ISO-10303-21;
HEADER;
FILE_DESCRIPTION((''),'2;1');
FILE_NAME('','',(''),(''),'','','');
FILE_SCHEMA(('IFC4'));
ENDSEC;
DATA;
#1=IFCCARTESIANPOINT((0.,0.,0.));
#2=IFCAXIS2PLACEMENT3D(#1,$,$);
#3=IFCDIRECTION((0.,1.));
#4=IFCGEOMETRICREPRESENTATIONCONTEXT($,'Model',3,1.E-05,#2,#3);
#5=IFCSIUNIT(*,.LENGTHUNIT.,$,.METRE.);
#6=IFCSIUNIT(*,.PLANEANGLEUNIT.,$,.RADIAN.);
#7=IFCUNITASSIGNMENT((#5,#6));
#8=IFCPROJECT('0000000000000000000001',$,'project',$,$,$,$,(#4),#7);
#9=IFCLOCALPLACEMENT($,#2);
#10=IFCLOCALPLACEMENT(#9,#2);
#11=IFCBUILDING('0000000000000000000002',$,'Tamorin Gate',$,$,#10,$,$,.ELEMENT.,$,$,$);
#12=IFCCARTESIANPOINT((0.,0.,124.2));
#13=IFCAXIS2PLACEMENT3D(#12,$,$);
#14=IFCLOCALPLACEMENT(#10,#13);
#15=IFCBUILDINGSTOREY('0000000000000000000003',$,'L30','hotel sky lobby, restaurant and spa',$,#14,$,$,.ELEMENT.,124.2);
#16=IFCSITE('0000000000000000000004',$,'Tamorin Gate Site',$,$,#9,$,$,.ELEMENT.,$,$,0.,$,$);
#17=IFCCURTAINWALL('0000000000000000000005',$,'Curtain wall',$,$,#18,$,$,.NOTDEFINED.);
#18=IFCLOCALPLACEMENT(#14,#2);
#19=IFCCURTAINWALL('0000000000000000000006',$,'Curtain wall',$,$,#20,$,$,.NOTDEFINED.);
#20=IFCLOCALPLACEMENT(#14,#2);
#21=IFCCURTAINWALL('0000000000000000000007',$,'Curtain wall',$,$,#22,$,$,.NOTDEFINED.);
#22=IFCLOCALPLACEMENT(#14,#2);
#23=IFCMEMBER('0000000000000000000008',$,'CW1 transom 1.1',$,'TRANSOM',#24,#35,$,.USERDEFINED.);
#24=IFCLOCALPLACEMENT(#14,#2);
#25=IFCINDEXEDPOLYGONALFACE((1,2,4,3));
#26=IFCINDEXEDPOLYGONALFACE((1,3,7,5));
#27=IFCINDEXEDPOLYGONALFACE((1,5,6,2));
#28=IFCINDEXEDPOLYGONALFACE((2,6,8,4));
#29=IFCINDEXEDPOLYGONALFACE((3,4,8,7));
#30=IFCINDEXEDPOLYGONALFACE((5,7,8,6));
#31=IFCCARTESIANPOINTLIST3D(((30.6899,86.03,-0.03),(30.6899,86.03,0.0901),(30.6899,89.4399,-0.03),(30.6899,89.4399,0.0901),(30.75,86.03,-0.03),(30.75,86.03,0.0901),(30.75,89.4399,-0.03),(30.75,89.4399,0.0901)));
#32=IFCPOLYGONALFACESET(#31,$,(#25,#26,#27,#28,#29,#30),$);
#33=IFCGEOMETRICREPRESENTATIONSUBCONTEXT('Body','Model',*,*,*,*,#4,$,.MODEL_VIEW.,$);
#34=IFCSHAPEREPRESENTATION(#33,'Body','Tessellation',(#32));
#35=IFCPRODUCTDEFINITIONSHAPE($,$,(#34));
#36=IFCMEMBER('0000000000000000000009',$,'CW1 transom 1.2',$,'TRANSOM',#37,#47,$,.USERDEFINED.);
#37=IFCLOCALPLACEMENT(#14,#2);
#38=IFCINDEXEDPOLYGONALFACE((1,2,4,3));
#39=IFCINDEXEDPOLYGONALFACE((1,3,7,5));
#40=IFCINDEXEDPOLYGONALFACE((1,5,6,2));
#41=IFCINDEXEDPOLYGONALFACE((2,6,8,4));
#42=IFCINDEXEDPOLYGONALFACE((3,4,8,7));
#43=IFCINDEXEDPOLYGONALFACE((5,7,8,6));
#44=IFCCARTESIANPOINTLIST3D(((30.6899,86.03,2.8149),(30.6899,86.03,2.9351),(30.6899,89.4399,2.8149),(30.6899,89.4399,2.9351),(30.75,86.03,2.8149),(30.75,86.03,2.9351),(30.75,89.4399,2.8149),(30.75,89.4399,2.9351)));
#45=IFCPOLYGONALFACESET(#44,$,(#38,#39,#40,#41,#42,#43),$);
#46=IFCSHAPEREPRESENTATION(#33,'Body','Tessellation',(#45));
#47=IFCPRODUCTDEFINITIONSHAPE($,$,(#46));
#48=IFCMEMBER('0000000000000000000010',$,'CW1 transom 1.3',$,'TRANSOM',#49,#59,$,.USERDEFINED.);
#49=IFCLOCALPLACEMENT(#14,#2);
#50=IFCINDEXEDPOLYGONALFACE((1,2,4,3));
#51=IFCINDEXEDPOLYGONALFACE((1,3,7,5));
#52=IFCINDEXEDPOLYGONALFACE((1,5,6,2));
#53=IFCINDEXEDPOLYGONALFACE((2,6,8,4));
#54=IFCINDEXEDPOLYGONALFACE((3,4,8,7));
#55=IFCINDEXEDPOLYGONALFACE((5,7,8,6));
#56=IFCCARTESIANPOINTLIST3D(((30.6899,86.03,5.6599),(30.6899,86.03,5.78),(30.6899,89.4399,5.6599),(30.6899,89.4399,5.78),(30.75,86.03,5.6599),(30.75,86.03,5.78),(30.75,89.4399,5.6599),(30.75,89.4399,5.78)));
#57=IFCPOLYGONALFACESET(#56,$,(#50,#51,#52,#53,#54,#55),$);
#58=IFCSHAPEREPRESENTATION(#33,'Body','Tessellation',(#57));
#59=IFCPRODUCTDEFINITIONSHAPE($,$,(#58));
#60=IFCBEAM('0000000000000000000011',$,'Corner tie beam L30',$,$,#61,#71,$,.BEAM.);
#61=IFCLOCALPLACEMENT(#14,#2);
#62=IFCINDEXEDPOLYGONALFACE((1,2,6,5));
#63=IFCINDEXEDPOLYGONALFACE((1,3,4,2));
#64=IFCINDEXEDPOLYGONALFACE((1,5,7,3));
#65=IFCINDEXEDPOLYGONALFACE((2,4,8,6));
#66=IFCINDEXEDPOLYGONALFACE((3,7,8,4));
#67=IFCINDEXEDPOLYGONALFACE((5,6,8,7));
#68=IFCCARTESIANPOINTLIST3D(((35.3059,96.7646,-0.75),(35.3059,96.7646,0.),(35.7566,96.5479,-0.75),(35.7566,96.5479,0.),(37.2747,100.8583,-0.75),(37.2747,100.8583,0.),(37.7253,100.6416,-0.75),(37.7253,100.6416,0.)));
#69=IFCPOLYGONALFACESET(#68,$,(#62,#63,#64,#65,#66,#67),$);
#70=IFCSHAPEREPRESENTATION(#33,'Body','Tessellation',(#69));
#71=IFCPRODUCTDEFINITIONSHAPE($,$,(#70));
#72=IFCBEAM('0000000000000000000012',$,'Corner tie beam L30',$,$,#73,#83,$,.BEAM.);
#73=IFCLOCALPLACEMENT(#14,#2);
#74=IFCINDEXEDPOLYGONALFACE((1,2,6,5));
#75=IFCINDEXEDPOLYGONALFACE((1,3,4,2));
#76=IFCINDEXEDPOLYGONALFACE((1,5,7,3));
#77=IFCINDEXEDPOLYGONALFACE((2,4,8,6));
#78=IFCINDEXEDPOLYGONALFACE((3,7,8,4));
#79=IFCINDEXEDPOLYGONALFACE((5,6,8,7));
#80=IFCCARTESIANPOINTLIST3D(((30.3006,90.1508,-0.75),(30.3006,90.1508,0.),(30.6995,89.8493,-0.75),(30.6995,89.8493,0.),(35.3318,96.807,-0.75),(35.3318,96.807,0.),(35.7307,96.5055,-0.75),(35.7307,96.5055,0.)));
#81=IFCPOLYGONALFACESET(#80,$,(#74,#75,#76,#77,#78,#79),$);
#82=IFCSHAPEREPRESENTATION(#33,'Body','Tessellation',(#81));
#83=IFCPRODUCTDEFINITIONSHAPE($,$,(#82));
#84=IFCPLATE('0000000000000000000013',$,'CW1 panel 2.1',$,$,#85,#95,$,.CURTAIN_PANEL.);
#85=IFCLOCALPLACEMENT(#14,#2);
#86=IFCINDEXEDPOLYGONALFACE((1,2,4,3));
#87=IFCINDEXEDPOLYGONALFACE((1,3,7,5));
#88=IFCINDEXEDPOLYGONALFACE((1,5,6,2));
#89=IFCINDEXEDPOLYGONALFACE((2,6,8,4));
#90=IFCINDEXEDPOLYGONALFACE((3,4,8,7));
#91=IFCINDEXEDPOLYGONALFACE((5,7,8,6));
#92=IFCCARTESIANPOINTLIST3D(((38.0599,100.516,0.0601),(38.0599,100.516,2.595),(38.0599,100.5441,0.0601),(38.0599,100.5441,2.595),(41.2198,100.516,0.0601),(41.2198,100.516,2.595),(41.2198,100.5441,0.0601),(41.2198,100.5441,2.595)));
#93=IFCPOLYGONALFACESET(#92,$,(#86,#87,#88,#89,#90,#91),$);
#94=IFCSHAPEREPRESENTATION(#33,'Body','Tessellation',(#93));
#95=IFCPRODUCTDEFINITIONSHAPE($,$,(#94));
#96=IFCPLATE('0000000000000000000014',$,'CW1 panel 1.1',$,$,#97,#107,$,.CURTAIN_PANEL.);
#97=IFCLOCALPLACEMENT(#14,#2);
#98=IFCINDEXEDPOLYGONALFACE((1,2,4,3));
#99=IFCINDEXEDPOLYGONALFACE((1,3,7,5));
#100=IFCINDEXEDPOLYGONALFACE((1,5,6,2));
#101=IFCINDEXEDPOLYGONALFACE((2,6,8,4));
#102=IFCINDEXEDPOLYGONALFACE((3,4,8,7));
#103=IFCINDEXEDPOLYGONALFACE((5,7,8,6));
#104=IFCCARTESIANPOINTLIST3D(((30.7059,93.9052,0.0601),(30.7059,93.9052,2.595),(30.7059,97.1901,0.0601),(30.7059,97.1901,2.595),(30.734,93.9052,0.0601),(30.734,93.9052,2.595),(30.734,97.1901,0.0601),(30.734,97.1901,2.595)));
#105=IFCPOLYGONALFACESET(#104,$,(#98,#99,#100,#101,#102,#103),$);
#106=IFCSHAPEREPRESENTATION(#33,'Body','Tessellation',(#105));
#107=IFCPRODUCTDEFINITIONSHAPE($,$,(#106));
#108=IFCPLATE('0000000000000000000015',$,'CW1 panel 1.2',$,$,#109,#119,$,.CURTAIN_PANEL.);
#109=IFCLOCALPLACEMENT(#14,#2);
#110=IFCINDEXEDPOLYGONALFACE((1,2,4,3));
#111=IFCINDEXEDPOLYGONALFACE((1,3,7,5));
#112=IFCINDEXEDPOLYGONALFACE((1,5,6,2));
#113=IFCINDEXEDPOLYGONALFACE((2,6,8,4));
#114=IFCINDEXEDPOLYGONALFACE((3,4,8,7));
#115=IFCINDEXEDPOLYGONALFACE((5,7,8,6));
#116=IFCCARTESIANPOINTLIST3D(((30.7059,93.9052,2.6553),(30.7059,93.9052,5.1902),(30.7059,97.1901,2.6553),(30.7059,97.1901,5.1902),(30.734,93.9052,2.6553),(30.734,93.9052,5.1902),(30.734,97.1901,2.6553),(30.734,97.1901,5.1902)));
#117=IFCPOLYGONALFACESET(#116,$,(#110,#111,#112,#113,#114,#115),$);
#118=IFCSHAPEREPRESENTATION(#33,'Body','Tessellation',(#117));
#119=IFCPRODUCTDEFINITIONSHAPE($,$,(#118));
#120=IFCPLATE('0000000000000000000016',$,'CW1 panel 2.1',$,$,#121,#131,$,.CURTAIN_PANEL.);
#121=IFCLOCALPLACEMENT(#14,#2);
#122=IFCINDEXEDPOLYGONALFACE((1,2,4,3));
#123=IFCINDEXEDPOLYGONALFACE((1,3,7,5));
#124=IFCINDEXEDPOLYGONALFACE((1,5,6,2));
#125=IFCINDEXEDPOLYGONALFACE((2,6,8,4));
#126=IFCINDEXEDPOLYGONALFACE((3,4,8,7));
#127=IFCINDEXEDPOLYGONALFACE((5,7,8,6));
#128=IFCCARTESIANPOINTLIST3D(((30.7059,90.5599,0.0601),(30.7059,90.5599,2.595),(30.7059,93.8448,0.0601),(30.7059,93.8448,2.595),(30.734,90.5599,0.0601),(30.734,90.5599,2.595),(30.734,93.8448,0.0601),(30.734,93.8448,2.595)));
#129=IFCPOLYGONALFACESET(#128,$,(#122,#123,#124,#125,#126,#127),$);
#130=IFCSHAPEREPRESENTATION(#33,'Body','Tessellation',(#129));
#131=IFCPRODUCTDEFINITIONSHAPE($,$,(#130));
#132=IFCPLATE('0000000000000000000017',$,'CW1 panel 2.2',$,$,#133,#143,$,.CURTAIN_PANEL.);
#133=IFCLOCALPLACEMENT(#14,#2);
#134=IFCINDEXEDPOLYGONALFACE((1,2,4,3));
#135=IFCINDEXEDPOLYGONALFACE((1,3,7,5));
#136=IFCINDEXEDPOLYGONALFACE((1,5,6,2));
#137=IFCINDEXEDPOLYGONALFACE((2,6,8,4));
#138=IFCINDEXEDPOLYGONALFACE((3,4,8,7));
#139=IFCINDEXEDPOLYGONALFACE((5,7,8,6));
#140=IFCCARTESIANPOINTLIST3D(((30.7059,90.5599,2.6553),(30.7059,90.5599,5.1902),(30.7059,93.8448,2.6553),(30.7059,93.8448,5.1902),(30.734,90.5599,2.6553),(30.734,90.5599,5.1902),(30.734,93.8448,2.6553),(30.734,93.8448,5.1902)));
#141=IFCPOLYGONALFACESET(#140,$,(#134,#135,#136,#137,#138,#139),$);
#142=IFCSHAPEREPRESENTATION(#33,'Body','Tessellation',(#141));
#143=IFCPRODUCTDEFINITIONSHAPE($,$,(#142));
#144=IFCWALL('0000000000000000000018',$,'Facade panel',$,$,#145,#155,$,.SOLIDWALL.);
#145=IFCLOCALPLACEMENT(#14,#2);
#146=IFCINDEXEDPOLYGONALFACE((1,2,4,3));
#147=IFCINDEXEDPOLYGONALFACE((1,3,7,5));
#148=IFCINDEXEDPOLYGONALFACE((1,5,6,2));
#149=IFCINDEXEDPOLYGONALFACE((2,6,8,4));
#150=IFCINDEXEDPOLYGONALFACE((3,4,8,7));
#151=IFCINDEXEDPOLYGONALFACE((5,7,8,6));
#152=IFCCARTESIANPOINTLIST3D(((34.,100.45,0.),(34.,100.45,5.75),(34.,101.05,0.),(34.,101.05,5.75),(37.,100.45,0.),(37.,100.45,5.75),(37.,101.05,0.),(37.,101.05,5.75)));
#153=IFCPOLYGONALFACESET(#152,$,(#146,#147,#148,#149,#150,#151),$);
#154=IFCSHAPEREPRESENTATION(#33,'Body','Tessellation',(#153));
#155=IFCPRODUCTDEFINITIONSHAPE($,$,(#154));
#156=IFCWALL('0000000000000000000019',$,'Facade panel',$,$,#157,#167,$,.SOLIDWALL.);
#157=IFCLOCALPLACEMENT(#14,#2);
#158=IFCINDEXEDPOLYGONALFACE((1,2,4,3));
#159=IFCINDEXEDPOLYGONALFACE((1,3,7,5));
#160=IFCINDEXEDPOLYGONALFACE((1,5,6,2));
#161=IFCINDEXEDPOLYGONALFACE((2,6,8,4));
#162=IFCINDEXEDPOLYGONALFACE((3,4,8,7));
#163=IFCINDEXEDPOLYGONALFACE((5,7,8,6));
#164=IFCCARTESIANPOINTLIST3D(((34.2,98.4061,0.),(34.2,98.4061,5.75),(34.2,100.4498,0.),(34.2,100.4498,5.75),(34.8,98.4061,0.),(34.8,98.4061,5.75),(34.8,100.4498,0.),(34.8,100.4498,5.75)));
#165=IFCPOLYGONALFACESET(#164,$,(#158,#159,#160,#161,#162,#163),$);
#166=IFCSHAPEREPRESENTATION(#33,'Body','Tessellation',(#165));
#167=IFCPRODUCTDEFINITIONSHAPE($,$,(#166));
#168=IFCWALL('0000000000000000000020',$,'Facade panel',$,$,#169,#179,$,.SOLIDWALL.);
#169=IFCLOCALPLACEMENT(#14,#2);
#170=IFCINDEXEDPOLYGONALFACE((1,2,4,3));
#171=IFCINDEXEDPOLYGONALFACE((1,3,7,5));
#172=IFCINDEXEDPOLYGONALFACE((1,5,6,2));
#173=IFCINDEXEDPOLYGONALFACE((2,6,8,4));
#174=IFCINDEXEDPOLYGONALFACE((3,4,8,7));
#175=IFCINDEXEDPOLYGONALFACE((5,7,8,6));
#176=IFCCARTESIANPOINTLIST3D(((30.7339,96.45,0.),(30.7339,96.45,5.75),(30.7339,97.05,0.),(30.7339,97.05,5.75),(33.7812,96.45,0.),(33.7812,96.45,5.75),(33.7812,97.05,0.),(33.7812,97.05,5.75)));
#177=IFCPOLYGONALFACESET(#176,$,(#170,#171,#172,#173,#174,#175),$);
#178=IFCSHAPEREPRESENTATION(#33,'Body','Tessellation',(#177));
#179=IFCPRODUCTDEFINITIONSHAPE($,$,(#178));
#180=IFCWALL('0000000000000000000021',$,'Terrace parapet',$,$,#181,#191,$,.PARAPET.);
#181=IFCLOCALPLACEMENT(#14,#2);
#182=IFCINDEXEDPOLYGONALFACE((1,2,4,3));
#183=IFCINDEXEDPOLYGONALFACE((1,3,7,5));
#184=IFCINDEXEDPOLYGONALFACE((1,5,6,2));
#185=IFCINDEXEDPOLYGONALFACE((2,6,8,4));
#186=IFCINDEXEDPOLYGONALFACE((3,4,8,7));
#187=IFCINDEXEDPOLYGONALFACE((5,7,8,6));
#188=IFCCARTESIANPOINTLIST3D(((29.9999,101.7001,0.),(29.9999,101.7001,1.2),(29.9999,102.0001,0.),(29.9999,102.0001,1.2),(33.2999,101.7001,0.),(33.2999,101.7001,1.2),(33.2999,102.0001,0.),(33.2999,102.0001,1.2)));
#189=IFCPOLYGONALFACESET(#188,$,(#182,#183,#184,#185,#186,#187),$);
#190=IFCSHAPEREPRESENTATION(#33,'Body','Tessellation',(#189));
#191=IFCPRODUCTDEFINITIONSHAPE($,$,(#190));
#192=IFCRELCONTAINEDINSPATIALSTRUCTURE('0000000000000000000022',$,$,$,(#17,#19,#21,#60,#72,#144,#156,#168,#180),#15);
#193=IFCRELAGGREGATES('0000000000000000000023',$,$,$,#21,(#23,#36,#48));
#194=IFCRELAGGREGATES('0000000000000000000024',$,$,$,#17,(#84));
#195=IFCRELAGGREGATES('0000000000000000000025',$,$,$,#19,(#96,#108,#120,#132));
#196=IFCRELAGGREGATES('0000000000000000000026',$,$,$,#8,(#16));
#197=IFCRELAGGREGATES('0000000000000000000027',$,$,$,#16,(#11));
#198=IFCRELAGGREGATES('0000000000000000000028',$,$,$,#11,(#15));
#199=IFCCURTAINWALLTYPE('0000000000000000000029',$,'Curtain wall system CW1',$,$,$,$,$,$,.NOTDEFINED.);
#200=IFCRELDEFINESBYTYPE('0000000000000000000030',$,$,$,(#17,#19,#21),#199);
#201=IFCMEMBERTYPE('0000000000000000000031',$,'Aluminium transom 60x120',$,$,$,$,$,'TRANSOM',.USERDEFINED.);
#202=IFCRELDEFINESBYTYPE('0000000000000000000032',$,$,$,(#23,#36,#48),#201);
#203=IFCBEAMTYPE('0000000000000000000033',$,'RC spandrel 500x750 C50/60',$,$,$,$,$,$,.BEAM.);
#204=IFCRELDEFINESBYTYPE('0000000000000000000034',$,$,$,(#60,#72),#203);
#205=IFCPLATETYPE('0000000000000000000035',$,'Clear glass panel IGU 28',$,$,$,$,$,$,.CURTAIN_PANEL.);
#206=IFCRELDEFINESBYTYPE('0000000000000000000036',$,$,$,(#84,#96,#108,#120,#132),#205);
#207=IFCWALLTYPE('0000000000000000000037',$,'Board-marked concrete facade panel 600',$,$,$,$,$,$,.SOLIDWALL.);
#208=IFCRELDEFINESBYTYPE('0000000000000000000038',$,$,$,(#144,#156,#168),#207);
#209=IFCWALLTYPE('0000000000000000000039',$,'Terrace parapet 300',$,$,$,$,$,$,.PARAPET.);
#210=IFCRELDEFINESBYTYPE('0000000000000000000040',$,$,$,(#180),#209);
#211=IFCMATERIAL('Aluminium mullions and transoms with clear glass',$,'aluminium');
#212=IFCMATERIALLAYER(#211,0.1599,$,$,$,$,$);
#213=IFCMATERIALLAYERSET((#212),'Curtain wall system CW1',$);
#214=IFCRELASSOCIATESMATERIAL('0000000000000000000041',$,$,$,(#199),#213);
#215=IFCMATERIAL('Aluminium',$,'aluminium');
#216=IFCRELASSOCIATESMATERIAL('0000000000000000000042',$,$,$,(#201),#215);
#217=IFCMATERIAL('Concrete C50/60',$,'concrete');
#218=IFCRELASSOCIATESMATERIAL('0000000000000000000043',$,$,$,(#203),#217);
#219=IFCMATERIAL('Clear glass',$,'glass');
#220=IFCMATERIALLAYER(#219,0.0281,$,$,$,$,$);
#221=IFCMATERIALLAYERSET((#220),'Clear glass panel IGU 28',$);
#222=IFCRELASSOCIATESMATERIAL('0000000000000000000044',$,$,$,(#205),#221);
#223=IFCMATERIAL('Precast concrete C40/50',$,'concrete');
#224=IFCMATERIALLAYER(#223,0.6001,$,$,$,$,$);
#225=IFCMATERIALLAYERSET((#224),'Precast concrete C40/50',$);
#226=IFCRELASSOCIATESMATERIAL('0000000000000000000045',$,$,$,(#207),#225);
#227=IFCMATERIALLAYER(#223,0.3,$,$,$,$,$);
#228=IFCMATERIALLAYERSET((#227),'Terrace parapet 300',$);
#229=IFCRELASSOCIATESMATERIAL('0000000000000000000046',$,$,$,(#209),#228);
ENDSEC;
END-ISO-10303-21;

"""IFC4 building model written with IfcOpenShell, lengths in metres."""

from ifc_helpers import new_model, si_unit, direction, frame, frame_2d, origin, origin_2d, place, context, subcontext, project, spatial, rectangle, extrude, material, layer, layer_set, material_profile, profile_set, type_object, element, aggregate, save


model = new_model("IFC4")

# Units and contexts
model_context = context("Model", 3, precision=1e-05, world=origin(), true_north=direction((0.0, 1.0)))
body_context = subcontext(model_context, "Body", "Model", "MODEL_VIEW")
ifc_project = project(units=[si_unit("LENGTHUNIT", "METRE"), si_unit("PLANEANGLEUNIT", "RADIAN")], contexts=[model_context])

# Site, building, storey
site_placement = place(None, origin())
site = spatial("IfcSite", under=ifc_project, at=site_placement, Name="Tamorin Gate Site", CompositionType="ELEMENT", RefElevation=0.0)
building_placement = place(site_placement, origin())
building = spatial("IfcBuilding", under=site, at=building_placement, Name="Tamorin Gate", CompositionType="ELEMENT")
storey_placement = place(building_placement, frame((0.0, 0.0, 124.2)))
storey = spatial("IfcBuildingStorey", under=building, at=storey_placement, Name="L30", Description="hotel sky lobby, restaurant and spa", CompositionType="ELEMENT", Elevation=124.2)

# Curtain wall
ifc_material_1 = material(Name="Aluminium mullions and transoms with clear glass", Category="aluminium")
ifc_layer_1 = layer(ifc_material_1, 0.1599)
ifc_layer_set_1 = layer_set([ifc_layer_1], Name="Curtain wall system CW1")
curtain_wall_type = type_object("IfcCurtainWallType", Name="Curtain wall system CW1", PredefinedType="NOTDEFINED", material=ifc_layer_set_1)
curtain_wall_1_placement = place(storey_placement, origin())
curtain_wall_1 = element("IfcCurtainWall", 1, at=curtain_wall_1_placement, inside=storey, type_object=curtain_wall_type, Name="Curtain wall", PredefinedType="NOTDEFINED")
ifc_material_2 = material(Name="Aluminium", Category="aluminium")

# Curtain wall
curtain_wall_2_placement = place(storey_placement, origin())
curtain_wall_2 = element("IfcCurtainWall", 2, at=curtain_wall_2_placement, inside=storey, type_object=curtain_wall_type, Name="Curtain wall", PredefinedType="NOTDEFINED")

# Curtain wall
curtain_wall_3_placement = place(storey_placement, origin())
curtain_wall_3 = element("IfcCurtainWall", 3, at=curtain_wall_3_placement, inside=storey, type_object=curtain_wall_type, Name="Curtain wall", PredefinedType="NOTDEFINED")

# Members
ifc_material_profile_1 = material_profile(ifc_material_2, rectangle(XDim=0.0601, YDim=0.1201, at=origin_2d()), Name="RECT 60x120")
ifc_profile_set_1 = profile_set([ifc_material_profile_1], Name="Aluminium")
member_type_1 = type_object("IfcMemberType", Name="Aluminium transom 60x120", ElementType="TRANSOM", PredefinedType="USERDEFINED", material=ifc_profile_set_1)
member_1_placement = place(storey_placement, frame((30.72, 89.4399, 0.03), z_axis=(0.0, -1.0, 0.0), x_axis=(1.0, 0.0, 0.0)))
member_1 = element("IfcMember", 4, at=member_1_placement, type_object=member_type_1, Name="CW1 transom 1.1", ObjectType="TRANSOM", PredefinedType="USERDEFINED", context=body_context, shape_type="SweptSolid", body=[
    extrude(rectangle(XDim=0.0601, YDim=0.1201, at=origin_2d()), origin(), (0.0, 0.0, 1.0), 3.4099),
])
member_2_placement = place(storey_placement, frame((30.72, 89.4399, 2.875), z_axis=(0.0, -1.0, 0.0), x_axis=(1.0, 0.0, 0.0)))
member_2 = element("IfcMember", 5, at=member_2_placement, type_object=member_type_1, Name="CW1 transom 1.2", ObjectType="TRANSOM", PredefinedType="USERDEFINED", context=body_context, shape_type="SweptSolid", body=[
    extrude(rectangle(XDim=0.0601, YDim=0.1201, at=origin_2d()), origin(), (0.0, 0.0, 1.0), 3.4099),
])
member_3_placement = place(storey_placement, frame((30.72, 89.4399, 5.72), z_axis=(0.0, -1.0, 0.0), x_axis=(1.0, 0.0, 0.0)))
member_3 = element("IfcMember", 6, at=member_3_placement, type_object=member_type_1, Name="CW1 transom 1.3", ObjectType="TRANSOM", PredefinedType="USERDEFINED", context=body_context, shape_type="SweptSolid", body=[
    extrude(rectangle(XDim=0.0601, YDim=0.1201, at=origin_2d()), origin(), (0.0, 0.0, 1.0), 3.4099),
])
aggregate(curtain_wall_3, [member_1, member_2, member_3])

# Beams
ifc_material_3 = material(Name="Concrete C50/60", Category="concrete")
ifc_material_profile_2 = material_profile(ifc_material_3, rectangle(XDim=0.5, YDim=0.75, at=origin_2d()), Name="RC 500x750")
ifc_profile_set_2 = profile_set([ifc_material_profile_2], Name="Concrete C50/60")
beam_type = type_object("IfcBeamType", Name="RC spandrel 500x750 C50/60", PredefinedType="BEAM", material=ifc_profile_set_2)
beam_1_placement = place(storey_placement, frame((35.5312, 96.6562, -0.375), z_axis=(0.433402, 0.901201, 0.0), x_axis=(-0.901201, 0.433402, 0.0)))
element("IfcBeam", 7, at=beam_1_placement, inside=storey, type_object=beam_type, Name="Corner tie beam L30", PredefinedType="BEAM", context=body_context, shape_type="SweptSolid", body=[
    extrude(rectangle(XDim=0.5, YDim=0.75, at=origin_2d()), origin(), (0.0, 0.0, 1.0), 4.5425),
])
beam_2_placement = place(storey_placement, frame((35.5312, 96.6562, -0.375), z_axis=(-0.602992, -0.797747, 0.0), x_axis=(0.797747, -0.602992, 0.0)))
element("IfcBeam", 8, at=beam_2_placement, inside=storey, type_object=beam_type, Name="Corner tie beam L30", PredefinedType="BEAM", context=body_context, shape_type="SweptSolid", body=[
    extrude(rectangle(XDim=0.5, YDim=0.75, at=origin_2d()), origin(), (0.0, 0.0, 1.0), 8.3438),
])

# Plates
ifc_material_4 = material(Name="Clear glass", Category="glass")
ifc_layer_2 = layer(ifc_material_4, 0.0281)
ifc_layer_set_2 = layer_set([ifc_layer_2], Name="Clear glass panel IGU 28")
plate_type = type_object("IfcPlateType", Name="Clear glass panel IGU 28", PredefinedType="CURTAIN_PANEL", material=ifc_layer_set_2)
plate_1_placement = place(storey_placement, frame((39.6399, 100.53, 0.0601), z_axis=(0.0, 0.0, 1.0), x_axis=(-1.0, 0.0, 0.0)))
plate_1 = element("IfcPlate", 9, at=plate_1_placement, type_object=plate_type, Name="CW1 panel 2.1", PredefinedType="CURTAIN_PANEL", context=body_context, shape_type="SweptSolid", body=[
    extrude(rectangle(XDim=3.1599, YDim=0.0281, at=origin_2d()), origin(), (0.0, 0.0, 1.0), 2.5349),
])
aggregate(curtain_wall_1, [plate_1])
plate_2_placement = place(storey_placement, frame((30.72, 95.5476, 0.0601), z_axis=(0.0, 0.0, 1.0), x_axis=(0.0, -1.0, 0.0)))
plate_2 = element("IfcPlate", 10, at=plate_2_placement, type_object=plate_type, Name="CW1 panel 1.1", PredefinedType="CURTAIN_PANEL", context=body_context, shape_type="SweptSolid", body=[
    extrude(rectangle(XDim=3.2849, YDim=0.0281, at=origin_2d()), origin(), (0.0, 0.0, 1.0), 2.5349),
])
plate_3_placement = place(storey_placement, frame((30.72, 95.5476, 2.6553), z_axis=(0.0, 0.0, 1.0), x_axis=(0.0, -1.0, 0.0)))
plate_3 = element("IfcPlate", 11, at=plate_3_placement, type_object=plate_type, Name="CW1 panel 1.2", PredefinedType="CURTAIN_PANEL", context=body_context, shape_type="SweptSolid", body=[
    extrude(rectangle(XDim=3.2849, YDim=0.0281, at=origin_2d()), origin(), (0.0, 0.0, 1.0), 2.5349),
])
plate_4_placement = place(storey_placement, frame((30.72, 92.2024, 0.0601), z_axis=(0.0, 0.0, 1.0), x_axis=(0.0, -1.0, 0.0)))
plate_4 = element("IfcPlate", 12, at=plate_4_placement, type_object=plate_type, Name="CW1 panel 2.1", PredefinedType="CURTAIN_PANEL", context=body_context, shape_type="SweptSolid", body=[
    extrude(rectangle(XDim=3.2849, YDim=0.0281, at=origin_2d()), origin(), (0.0, 0.0, 1.0), 2.5349),
])
plate_5_placement = place(storey_placement, frame((30.72, 92.2024, 2.6553), z_axis=(0.0, 0.0, 1.0), x_axis=(0.0, -1.0, 0.0)))
plate_5 = element("IfcPlate", 13, at=plate_5_placement, type_object=plate_type, Name="CW1 panel 2.2", PredefinedType="CURTAIN_PANEL", context=body_context, shape_type="SweptSolid", body=[
    extrude(rectangle(XDim=3.2849, YDim=0.0281, at=origin_2d()), origin(), (0.0, 0.0, 1.0), 2.5349),
])
aggregate(curtain_wall_2, [plate_2, plate_3, plate_4, plate_5])

# Walls
ifc_material_5 = material(Name="Precast concrete C40/50", Category="concrete")
ifc_layer_3 = layer(ifc_material_5, 0.6001)
ifc_layer_set_3 = layer_set([ifc_layer_3], Name="Precast concrete C40/50")
wall_type_1 = type_object("IfcWallType", Name="Board-marked concrete facade panel 600", PredefinedType="SOLIDWALL", material=ifc_layer_set_3)
wall_1_placement = place(storey_placement, frame((37.0, 100.75, 0.0), z_axis=(0.0, 0.0, 1.0), x_axis=(-1.0, 0.0, 0.0)))
element("IfcWall", 14, at=wall_1_placement, inside=storey, type_object=wall_type_1, Name="Facade panel", PredefinedType="SOLIDWALL", context=body_context, shape_type="SweptSolid", body=[
    extrude(rectangle(XDim=3.0, YDim=0.6001, at=frame_2d((1.5, 0.0))), origin(), (0.0, 0.0, 1.0), 5.75),
])
wall_2_placement = place(storey_placement, frame((34.5, 100.45, 0.0), z_axis=(0.0, 0.0, 1.0), x_axis=(0.0, -1.0, 0.0)))
element("IfcWall", 15, at=wall_2_placement, inside=storey, type_object=wall_type_1, Name="Facade panel", PredefinedType="SOLIDWALL", context=body_context, shape_type="SweptSolid", body=[
    extrude(rectangle(XDim=2.0437, YDim=0.6001, at=frame_2d((1.022, 0.0))), origin(), (0.0, 0.0, 1.0), 5.75),
])
wall_3_placement = place(storey_placement, frame((33.7812, 96.75, 0.0), z_axis=(0.0, 0.0, 1.0), x_axis=(-1.0, 0.0, 0.0)))
element("IfcWall", 16, at=wall_3_placement, inside=storey, type_object=wall_type_1, Name="Facade panel", PredefinedType="SOLIDWALL", context=body_context, shape_type="SweptSolid", body=[
    extrude(rectangle(XDim=3.0474, YDim=0.6001, at=frame_2d((1.5237, 0.0))), origin(), (0.0, 0.0, 1.0), 5.75),
])
ifc_layer_4 = layer(ifc_material_5, 0.3)
ifc_layer_set_4 = layer_set([ifc_layer_4], Name="Terrace parapet 300")
wall_type_2 = type_object("IfcWallType", Name="Terrace parapet 300", PredefinedType="PARAPET", material=ifc_layer_set_4)
wall_4_placement = place(storey_placement, frame((30.0, 101.8501, 0.0), z_axis=(0.0, 0.0, 1.0), x_axis=(1.0, 0.0, 0.0)))
element("IfcWall", 17, at=wall_4_placement, inside=storey, type_object=wall_type_2, Name="Terrace parapet", PredefinedType="PARAPET", context=body_context, shape_type="SweptSolid", body=[
    extrude(rectangle(XDim=3.3, YDim=0.3, at=frame_2d((1.6499, 0.0))), origin(), (0.0, 0.0, 1.0), 1.2),
])

save(model, "model.ifc")
